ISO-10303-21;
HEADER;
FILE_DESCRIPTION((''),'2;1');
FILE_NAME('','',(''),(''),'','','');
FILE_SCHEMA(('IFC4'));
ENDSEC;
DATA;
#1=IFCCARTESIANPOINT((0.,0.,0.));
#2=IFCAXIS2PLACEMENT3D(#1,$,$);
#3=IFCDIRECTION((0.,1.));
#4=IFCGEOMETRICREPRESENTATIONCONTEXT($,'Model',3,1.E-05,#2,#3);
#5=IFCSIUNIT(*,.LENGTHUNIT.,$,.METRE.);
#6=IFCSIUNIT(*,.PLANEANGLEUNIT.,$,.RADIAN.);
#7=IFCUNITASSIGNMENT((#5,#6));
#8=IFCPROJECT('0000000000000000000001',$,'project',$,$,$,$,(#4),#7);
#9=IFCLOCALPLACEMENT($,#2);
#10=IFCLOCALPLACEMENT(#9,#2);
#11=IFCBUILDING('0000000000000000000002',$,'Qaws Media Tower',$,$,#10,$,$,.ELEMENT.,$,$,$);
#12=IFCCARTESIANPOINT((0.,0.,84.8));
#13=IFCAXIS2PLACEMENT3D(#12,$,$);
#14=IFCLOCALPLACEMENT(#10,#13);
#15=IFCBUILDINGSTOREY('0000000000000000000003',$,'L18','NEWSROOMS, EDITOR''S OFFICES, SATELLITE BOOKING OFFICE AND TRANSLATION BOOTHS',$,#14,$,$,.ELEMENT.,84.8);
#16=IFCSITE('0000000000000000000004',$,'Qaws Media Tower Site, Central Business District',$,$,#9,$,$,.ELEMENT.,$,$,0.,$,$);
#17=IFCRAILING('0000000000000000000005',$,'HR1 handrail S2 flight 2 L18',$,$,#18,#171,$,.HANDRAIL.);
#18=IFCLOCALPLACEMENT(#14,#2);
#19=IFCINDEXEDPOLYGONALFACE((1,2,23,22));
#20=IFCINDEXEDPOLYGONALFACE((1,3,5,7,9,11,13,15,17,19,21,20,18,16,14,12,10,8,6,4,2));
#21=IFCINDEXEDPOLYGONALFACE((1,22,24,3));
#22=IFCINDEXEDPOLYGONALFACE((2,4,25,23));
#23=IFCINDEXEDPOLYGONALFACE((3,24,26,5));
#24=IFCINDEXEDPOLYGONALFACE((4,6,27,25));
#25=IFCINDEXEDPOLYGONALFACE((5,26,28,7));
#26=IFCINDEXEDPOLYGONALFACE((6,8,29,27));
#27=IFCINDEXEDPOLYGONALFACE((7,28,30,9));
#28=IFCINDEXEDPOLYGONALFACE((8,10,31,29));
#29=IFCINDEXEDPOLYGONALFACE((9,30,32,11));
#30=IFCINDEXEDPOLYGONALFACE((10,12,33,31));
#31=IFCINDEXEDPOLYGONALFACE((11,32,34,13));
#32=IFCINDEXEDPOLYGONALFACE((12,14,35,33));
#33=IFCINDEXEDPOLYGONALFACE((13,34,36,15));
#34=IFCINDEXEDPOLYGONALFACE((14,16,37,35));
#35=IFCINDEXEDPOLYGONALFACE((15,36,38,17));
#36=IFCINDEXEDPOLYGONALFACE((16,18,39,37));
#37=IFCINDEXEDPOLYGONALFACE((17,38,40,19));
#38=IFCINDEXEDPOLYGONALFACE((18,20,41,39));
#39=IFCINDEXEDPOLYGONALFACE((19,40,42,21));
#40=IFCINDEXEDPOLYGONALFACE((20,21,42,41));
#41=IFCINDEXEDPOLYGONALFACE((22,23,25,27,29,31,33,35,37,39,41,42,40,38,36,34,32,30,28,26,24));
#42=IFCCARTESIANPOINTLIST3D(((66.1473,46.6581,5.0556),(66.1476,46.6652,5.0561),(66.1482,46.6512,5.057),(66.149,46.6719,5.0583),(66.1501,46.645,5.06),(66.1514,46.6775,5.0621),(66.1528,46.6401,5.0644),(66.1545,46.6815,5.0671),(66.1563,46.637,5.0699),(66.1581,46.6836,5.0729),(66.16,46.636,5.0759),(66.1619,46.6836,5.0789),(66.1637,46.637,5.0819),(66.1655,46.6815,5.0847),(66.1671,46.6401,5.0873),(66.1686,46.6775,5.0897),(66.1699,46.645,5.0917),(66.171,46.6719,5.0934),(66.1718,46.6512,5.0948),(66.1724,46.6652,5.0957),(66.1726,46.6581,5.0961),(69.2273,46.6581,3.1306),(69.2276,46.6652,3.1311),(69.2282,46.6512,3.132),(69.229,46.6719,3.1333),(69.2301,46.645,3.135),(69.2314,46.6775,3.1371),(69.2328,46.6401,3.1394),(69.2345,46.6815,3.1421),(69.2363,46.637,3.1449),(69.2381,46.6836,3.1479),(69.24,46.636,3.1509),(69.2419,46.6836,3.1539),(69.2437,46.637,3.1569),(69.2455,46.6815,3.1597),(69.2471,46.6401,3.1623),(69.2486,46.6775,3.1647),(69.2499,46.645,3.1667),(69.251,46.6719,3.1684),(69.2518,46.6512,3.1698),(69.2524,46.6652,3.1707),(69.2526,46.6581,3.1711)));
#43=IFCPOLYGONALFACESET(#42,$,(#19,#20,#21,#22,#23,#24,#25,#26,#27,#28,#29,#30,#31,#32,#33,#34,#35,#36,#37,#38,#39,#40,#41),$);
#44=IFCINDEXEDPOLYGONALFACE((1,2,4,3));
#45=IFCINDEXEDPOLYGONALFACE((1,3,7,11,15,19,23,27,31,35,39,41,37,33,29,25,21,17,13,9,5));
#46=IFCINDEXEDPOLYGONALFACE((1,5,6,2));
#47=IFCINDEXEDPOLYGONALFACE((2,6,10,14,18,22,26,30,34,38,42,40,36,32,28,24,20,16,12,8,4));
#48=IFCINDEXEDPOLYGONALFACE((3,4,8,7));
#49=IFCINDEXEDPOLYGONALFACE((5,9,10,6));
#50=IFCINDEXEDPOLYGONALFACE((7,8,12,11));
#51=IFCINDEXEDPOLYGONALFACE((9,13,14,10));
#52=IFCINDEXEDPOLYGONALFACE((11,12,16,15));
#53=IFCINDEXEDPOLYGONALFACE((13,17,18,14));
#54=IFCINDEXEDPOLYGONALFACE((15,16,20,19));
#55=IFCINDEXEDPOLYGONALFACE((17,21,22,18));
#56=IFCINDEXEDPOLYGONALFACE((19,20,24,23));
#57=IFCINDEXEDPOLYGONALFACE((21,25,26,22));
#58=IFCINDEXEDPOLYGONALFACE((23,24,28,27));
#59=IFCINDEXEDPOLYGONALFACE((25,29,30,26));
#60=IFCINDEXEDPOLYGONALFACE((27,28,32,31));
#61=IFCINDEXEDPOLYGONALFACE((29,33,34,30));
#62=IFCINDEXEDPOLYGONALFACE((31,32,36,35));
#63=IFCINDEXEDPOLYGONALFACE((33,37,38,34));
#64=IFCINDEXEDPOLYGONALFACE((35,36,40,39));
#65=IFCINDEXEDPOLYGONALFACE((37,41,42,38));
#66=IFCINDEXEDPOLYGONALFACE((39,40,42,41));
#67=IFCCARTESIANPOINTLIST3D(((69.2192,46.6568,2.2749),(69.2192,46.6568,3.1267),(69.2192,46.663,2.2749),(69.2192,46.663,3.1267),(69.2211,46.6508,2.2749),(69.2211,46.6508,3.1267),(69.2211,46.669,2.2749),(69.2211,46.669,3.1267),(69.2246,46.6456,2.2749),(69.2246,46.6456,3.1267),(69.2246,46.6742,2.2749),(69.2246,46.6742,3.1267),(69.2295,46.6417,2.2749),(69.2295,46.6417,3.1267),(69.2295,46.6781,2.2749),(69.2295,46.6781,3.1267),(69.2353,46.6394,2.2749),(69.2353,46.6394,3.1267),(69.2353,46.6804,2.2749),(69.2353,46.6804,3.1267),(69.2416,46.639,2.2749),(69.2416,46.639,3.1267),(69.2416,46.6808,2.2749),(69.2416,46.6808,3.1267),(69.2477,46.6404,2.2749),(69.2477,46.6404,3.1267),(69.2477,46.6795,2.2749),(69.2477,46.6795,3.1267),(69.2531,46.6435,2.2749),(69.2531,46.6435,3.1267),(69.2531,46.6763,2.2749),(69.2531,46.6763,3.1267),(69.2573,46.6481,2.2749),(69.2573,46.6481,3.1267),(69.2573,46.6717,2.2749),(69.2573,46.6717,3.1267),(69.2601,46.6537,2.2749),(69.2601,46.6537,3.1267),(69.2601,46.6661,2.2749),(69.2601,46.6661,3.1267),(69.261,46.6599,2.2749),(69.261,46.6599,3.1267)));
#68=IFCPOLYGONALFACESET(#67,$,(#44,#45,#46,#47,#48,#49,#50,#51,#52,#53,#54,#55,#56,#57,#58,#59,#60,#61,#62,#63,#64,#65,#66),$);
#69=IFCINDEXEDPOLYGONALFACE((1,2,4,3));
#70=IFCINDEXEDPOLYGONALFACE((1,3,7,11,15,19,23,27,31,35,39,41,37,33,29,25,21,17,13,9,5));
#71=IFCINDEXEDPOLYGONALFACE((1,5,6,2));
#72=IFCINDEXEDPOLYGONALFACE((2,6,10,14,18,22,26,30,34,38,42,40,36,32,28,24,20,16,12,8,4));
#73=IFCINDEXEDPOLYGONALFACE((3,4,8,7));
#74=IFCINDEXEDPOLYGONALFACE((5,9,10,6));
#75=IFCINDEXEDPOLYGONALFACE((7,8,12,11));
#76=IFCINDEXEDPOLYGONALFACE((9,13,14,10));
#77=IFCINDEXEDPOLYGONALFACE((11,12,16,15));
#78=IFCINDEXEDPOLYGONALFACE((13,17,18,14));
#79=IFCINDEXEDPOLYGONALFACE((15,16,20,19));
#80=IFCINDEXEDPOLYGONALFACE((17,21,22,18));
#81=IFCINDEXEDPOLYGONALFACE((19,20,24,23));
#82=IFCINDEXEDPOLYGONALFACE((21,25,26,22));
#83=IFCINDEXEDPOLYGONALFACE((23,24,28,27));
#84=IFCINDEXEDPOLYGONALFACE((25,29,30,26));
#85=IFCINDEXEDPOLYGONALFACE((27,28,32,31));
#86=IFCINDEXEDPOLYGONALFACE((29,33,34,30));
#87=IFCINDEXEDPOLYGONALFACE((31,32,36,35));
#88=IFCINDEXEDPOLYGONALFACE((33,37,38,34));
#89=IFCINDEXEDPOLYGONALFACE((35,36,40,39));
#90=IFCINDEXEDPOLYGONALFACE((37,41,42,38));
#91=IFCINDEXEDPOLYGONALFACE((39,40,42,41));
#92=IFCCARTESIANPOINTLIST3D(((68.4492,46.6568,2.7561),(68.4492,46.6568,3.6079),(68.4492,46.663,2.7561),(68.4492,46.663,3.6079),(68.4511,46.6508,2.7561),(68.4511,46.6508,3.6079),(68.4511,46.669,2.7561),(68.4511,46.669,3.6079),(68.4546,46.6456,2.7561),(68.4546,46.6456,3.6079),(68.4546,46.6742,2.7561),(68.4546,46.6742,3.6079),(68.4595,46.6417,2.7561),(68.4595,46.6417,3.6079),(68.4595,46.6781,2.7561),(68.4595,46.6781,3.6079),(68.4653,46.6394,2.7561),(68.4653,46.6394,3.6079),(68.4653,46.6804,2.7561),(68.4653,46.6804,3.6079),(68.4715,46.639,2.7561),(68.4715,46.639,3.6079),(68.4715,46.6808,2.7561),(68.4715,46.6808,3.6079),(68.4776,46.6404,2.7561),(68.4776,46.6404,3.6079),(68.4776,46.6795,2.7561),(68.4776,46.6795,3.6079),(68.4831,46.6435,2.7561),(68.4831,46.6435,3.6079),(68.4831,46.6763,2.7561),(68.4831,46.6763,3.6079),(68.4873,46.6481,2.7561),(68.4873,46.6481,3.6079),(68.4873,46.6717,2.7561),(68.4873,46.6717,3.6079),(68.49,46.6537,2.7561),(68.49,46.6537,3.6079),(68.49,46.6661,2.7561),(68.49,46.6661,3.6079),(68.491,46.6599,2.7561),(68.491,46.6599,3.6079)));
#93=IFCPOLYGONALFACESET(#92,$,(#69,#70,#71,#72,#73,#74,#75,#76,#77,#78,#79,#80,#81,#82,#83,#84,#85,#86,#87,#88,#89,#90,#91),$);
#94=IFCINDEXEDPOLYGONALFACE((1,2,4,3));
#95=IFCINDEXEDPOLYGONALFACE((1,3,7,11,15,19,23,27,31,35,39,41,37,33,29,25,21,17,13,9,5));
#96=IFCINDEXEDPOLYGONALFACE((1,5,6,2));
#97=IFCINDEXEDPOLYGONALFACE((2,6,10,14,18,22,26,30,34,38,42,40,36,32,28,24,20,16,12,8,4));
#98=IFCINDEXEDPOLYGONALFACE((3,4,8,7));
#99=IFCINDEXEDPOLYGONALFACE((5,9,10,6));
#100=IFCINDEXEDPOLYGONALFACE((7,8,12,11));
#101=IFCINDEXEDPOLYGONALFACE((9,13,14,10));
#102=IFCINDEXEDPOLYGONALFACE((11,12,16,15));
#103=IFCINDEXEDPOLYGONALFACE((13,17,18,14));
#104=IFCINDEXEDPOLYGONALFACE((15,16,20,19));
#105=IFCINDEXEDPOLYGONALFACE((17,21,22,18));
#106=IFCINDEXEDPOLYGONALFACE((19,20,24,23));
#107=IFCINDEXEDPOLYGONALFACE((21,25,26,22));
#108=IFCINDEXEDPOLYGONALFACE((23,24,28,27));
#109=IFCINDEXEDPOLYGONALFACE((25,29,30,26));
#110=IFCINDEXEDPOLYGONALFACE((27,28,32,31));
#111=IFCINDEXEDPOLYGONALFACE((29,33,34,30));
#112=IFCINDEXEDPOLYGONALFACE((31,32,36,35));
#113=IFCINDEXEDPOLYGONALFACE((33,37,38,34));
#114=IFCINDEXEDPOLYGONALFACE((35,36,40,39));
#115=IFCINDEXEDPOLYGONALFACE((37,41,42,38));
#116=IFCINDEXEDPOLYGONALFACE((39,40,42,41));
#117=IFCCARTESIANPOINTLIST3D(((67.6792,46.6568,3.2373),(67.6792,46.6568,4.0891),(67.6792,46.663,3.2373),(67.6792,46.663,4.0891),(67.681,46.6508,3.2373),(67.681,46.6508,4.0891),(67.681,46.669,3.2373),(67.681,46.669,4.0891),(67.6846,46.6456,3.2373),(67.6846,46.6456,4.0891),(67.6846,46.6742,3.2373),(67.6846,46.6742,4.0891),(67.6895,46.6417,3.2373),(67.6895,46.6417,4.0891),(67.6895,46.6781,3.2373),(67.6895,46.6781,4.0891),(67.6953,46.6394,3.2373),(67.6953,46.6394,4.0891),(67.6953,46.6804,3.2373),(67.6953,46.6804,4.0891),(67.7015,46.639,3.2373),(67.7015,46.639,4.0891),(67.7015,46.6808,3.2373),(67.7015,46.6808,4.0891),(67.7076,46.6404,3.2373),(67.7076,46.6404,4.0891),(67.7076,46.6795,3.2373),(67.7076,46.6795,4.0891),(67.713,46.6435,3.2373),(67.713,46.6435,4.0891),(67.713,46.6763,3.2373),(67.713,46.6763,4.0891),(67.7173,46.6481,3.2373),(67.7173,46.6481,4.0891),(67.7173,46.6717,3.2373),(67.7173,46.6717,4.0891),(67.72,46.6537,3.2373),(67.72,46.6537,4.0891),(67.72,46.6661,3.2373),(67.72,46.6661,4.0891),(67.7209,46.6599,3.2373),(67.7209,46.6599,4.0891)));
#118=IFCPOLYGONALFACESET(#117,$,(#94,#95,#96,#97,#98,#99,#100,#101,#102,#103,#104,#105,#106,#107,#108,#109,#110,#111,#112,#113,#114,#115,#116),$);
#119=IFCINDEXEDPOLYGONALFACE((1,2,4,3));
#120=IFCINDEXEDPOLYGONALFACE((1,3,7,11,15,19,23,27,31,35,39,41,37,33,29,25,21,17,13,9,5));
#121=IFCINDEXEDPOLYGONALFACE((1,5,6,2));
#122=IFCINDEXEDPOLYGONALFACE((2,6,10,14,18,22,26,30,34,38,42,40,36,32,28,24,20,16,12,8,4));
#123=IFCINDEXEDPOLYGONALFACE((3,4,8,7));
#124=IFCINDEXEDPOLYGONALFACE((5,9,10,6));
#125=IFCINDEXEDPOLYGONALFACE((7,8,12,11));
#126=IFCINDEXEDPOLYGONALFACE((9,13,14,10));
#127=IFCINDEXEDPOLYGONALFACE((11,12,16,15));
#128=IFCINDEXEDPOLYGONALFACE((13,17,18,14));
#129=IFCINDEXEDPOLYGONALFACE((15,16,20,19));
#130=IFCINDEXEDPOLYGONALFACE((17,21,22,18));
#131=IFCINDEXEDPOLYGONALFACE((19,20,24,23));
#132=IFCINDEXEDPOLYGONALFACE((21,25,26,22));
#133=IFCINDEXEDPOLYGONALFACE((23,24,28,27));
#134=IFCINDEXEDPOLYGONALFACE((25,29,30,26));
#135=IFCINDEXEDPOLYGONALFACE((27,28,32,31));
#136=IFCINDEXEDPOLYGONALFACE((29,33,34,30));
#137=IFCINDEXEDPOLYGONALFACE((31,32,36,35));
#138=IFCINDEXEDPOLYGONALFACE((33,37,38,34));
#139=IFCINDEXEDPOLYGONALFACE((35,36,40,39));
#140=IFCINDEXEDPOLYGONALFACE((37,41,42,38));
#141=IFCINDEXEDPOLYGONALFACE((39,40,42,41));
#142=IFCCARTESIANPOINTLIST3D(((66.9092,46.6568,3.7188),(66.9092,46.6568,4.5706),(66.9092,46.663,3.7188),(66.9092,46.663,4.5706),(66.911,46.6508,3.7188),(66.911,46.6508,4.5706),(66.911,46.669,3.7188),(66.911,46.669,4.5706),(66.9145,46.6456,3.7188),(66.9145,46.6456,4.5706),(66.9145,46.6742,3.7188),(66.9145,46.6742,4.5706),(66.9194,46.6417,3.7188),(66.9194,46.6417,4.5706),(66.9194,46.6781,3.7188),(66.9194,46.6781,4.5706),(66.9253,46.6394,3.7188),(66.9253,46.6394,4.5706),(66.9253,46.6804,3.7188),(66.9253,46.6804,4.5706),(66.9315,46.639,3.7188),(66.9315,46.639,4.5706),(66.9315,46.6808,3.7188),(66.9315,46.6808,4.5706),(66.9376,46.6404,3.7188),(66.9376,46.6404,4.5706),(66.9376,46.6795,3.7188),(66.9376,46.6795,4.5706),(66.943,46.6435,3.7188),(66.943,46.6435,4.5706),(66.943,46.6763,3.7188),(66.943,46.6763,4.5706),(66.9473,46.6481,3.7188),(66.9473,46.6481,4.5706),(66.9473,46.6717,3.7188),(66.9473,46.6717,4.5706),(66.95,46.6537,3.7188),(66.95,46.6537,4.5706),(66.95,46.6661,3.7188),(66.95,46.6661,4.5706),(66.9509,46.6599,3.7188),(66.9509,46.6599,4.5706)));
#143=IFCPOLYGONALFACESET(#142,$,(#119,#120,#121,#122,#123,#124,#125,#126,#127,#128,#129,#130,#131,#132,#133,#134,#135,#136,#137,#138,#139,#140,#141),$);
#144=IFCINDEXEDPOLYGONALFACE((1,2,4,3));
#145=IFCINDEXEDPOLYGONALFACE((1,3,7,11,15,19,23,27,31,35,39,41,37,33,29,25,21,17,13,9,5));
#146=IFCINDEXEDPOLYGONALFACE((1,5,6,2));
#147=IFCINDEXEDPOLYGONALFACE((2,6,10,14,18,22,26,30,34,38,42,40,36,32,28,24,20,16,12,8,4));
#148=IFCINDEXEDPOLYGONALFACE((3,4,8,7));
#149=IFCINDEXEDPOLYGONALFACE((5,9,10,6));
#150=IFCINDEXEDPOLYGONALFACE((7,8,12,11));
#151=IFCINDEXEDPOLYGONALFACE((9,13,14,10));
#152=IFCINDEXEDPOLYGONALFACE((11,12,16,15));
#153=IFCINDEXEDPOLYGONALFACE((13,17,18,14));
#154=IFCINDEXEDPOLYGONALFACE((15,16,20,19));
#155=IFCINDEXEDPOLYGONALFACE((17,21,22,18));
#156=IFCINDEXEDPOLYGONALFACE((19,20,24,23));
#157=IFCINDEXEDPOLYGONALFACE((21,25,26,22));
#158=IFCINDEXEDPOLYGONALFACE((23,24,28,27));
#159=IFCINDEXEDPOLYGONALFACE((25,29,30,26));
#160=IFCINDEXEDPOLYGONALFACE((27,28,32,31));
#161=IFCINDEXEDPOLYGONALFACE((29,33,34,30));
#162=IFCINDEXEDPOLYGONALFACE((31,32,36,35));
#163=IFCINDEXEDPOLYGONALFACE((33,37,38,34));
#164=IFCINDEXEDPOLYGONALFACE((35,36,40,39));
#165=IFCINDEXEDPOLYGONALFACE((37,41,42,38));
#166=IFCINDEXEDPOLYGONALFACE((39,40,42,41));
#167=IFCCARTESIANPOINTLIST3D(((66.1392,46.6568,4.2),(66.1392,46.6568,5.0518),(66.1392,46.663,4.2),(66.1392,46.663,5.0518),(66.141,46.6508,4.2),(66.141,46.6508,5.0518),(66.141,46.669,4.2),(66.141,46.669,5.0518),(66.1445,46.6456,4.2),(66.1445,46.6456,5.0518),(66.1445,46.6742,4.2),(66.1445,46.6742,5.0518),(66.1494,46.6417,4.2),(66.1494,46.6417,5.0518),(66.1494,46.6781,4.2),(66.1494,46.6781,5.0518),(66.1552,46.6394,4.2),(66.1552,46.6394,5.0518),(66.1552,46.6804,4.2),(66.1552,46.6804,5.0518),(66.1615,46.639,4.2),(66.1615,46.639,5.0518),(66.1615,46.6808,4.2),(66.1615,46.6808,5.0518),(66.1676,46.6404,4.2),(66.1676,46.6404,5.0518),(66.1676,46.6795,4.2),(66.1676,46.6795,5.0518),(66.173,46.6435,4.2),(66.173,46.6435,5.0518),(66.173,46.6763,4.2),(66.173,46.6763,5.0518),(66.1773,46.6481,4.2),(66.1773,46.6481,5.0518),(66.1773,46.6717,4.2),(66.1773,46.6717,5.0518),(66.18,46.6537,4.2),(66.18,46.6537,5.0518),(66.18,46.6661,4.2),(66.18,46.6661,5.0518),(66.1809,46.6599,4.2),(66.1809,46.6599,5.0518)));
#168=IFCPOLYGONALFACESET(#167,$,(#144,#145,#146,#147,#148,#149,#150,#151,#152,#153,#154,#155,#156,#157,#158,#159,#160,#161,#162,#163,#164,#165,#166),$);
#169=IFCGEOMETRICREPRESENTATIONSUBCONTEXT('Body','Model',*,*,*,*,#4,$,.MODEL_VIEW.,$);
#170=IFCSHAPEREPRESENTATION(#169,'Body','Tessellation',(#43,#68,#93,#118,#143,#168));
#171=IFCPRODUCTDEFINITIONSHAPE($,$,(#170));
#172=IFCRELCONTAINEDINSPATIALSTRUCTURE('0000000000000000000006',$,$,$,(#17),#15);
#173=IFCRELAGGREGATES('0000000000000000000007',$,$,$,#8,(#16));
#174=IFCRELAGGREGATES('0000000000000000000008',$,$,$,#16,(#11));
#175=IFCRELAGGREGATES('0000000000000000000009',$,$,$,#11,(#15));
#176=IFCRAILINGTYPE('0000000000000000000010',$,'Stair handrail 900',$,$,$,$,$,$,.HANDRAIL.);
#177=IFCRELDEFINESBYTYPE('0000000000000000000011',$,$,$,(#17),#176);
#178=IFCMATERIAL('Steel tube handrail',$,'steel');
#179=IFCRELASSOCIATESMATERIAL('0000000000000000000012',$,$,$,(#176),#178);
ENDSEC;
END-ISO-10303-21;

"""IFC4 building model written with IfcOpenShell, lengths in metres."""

from ifc_helpers import new_model, si_unit, direction, frame, origin, origin_2d, place, context, subcontext, project, spatial, circle, extrude, material, type_object, element, save


model = new_model("IFC4")

# Units and contexts
model_context = context("Model", 3, precision=1e-05, world=origin(), true_north=direction((0.0, 1.0)))
body_context = subcontext(model_context, "Body", "Model", "MODEL_VIEW")
ifc_project = project(units=[si_unit("LENGTHUNIT", "METRE"), si_unit("PLANEANGLEUNIT", "RADIAN")], contexts=[model_context])

# Site, building, storey
site_placement = place(None, origin())
site = spatial("IfcSite", under=ifc_project, at=site_placement, Name="Qaws Media Tower Site, Central Business District", CompositionType="ELEMENT", RefElevation=0.0)
building_placement = place(site_placement, origin())
building = spatial("IfcBuilding", under=site, at=building_placement, Name="Qaws Media Tower", CompositionType="ELEMENT")
storey_placement = place(building_placement, frame((0.0, 0.0, 84.8)))
storey = spatial("IfcBuildingStorey", under=building, at=storey_placement, Name="L18", Description="NEWSROOMS, EDITOR'S OFFICES, SATELLITE BOOKING OFFICE AND TRANSLATION BOOTHS", CompositionType="ELEMENT", Elevation=84.8)

# Railing
ifc_material_1 = material(Name="Steel tube handrail", Category="steel")
railing_type = type_object("IfcRailingType", Name="Stair handrail 900", PredefinedType="HANDRAIL", material=ifc_material_1)
for number, where, name in (
    (1, (69.24, 46.6599, 2.2749), "HR1 handrail S2 flight 2 L18"),
):
    element("IfcRailing", number, at=place(storey_placement, frame(where)), inside=storey, type_object=railing_type, Name=name, PredefinedType="HANDRAIL", context=body_context, shape_type="SweptSolid", body=[
        extrude(circle(Radius=0.0239, at=origin_2d()), frame((0.0, 0.0, 0.876), z_axis=(-0.847998, 0.0, 0.529999), x_axis=(0.0, -1.0, 0.0)), (0.0, 0.0, 1.0), 3.6321),
        extrude(circle(Radius=0.021, at=origin_2d()), origin(), (0.0, 0.0, 1.0), 0.8518),
        extrude(circle(Radius=0.021, at=origin_2d()), frame((-0.77, 0.0, 0.4812)), (0.0, 0.0, 1.0), 0.8518),
        extrude(circle(Radius=0.021, at=origin_2d()), frame((-1.54, 0.0, 0.9624)), (0.0, 0.0, 1.0), 0.8518),
        extrude(circle(Radius=0.021, at=origin_2d()), frame((-2.3101, 0.0, 1.4438)), (0.0, 0.0, 1.0), 0.8518),
        extrude(circle(Radius=0.021, at=origin_2d()), frame((-3.0801, 0.0, 1.925)), (0.0, 0.0, 1.0), 0.8518),
    ])

save(model, "model.ifc")
